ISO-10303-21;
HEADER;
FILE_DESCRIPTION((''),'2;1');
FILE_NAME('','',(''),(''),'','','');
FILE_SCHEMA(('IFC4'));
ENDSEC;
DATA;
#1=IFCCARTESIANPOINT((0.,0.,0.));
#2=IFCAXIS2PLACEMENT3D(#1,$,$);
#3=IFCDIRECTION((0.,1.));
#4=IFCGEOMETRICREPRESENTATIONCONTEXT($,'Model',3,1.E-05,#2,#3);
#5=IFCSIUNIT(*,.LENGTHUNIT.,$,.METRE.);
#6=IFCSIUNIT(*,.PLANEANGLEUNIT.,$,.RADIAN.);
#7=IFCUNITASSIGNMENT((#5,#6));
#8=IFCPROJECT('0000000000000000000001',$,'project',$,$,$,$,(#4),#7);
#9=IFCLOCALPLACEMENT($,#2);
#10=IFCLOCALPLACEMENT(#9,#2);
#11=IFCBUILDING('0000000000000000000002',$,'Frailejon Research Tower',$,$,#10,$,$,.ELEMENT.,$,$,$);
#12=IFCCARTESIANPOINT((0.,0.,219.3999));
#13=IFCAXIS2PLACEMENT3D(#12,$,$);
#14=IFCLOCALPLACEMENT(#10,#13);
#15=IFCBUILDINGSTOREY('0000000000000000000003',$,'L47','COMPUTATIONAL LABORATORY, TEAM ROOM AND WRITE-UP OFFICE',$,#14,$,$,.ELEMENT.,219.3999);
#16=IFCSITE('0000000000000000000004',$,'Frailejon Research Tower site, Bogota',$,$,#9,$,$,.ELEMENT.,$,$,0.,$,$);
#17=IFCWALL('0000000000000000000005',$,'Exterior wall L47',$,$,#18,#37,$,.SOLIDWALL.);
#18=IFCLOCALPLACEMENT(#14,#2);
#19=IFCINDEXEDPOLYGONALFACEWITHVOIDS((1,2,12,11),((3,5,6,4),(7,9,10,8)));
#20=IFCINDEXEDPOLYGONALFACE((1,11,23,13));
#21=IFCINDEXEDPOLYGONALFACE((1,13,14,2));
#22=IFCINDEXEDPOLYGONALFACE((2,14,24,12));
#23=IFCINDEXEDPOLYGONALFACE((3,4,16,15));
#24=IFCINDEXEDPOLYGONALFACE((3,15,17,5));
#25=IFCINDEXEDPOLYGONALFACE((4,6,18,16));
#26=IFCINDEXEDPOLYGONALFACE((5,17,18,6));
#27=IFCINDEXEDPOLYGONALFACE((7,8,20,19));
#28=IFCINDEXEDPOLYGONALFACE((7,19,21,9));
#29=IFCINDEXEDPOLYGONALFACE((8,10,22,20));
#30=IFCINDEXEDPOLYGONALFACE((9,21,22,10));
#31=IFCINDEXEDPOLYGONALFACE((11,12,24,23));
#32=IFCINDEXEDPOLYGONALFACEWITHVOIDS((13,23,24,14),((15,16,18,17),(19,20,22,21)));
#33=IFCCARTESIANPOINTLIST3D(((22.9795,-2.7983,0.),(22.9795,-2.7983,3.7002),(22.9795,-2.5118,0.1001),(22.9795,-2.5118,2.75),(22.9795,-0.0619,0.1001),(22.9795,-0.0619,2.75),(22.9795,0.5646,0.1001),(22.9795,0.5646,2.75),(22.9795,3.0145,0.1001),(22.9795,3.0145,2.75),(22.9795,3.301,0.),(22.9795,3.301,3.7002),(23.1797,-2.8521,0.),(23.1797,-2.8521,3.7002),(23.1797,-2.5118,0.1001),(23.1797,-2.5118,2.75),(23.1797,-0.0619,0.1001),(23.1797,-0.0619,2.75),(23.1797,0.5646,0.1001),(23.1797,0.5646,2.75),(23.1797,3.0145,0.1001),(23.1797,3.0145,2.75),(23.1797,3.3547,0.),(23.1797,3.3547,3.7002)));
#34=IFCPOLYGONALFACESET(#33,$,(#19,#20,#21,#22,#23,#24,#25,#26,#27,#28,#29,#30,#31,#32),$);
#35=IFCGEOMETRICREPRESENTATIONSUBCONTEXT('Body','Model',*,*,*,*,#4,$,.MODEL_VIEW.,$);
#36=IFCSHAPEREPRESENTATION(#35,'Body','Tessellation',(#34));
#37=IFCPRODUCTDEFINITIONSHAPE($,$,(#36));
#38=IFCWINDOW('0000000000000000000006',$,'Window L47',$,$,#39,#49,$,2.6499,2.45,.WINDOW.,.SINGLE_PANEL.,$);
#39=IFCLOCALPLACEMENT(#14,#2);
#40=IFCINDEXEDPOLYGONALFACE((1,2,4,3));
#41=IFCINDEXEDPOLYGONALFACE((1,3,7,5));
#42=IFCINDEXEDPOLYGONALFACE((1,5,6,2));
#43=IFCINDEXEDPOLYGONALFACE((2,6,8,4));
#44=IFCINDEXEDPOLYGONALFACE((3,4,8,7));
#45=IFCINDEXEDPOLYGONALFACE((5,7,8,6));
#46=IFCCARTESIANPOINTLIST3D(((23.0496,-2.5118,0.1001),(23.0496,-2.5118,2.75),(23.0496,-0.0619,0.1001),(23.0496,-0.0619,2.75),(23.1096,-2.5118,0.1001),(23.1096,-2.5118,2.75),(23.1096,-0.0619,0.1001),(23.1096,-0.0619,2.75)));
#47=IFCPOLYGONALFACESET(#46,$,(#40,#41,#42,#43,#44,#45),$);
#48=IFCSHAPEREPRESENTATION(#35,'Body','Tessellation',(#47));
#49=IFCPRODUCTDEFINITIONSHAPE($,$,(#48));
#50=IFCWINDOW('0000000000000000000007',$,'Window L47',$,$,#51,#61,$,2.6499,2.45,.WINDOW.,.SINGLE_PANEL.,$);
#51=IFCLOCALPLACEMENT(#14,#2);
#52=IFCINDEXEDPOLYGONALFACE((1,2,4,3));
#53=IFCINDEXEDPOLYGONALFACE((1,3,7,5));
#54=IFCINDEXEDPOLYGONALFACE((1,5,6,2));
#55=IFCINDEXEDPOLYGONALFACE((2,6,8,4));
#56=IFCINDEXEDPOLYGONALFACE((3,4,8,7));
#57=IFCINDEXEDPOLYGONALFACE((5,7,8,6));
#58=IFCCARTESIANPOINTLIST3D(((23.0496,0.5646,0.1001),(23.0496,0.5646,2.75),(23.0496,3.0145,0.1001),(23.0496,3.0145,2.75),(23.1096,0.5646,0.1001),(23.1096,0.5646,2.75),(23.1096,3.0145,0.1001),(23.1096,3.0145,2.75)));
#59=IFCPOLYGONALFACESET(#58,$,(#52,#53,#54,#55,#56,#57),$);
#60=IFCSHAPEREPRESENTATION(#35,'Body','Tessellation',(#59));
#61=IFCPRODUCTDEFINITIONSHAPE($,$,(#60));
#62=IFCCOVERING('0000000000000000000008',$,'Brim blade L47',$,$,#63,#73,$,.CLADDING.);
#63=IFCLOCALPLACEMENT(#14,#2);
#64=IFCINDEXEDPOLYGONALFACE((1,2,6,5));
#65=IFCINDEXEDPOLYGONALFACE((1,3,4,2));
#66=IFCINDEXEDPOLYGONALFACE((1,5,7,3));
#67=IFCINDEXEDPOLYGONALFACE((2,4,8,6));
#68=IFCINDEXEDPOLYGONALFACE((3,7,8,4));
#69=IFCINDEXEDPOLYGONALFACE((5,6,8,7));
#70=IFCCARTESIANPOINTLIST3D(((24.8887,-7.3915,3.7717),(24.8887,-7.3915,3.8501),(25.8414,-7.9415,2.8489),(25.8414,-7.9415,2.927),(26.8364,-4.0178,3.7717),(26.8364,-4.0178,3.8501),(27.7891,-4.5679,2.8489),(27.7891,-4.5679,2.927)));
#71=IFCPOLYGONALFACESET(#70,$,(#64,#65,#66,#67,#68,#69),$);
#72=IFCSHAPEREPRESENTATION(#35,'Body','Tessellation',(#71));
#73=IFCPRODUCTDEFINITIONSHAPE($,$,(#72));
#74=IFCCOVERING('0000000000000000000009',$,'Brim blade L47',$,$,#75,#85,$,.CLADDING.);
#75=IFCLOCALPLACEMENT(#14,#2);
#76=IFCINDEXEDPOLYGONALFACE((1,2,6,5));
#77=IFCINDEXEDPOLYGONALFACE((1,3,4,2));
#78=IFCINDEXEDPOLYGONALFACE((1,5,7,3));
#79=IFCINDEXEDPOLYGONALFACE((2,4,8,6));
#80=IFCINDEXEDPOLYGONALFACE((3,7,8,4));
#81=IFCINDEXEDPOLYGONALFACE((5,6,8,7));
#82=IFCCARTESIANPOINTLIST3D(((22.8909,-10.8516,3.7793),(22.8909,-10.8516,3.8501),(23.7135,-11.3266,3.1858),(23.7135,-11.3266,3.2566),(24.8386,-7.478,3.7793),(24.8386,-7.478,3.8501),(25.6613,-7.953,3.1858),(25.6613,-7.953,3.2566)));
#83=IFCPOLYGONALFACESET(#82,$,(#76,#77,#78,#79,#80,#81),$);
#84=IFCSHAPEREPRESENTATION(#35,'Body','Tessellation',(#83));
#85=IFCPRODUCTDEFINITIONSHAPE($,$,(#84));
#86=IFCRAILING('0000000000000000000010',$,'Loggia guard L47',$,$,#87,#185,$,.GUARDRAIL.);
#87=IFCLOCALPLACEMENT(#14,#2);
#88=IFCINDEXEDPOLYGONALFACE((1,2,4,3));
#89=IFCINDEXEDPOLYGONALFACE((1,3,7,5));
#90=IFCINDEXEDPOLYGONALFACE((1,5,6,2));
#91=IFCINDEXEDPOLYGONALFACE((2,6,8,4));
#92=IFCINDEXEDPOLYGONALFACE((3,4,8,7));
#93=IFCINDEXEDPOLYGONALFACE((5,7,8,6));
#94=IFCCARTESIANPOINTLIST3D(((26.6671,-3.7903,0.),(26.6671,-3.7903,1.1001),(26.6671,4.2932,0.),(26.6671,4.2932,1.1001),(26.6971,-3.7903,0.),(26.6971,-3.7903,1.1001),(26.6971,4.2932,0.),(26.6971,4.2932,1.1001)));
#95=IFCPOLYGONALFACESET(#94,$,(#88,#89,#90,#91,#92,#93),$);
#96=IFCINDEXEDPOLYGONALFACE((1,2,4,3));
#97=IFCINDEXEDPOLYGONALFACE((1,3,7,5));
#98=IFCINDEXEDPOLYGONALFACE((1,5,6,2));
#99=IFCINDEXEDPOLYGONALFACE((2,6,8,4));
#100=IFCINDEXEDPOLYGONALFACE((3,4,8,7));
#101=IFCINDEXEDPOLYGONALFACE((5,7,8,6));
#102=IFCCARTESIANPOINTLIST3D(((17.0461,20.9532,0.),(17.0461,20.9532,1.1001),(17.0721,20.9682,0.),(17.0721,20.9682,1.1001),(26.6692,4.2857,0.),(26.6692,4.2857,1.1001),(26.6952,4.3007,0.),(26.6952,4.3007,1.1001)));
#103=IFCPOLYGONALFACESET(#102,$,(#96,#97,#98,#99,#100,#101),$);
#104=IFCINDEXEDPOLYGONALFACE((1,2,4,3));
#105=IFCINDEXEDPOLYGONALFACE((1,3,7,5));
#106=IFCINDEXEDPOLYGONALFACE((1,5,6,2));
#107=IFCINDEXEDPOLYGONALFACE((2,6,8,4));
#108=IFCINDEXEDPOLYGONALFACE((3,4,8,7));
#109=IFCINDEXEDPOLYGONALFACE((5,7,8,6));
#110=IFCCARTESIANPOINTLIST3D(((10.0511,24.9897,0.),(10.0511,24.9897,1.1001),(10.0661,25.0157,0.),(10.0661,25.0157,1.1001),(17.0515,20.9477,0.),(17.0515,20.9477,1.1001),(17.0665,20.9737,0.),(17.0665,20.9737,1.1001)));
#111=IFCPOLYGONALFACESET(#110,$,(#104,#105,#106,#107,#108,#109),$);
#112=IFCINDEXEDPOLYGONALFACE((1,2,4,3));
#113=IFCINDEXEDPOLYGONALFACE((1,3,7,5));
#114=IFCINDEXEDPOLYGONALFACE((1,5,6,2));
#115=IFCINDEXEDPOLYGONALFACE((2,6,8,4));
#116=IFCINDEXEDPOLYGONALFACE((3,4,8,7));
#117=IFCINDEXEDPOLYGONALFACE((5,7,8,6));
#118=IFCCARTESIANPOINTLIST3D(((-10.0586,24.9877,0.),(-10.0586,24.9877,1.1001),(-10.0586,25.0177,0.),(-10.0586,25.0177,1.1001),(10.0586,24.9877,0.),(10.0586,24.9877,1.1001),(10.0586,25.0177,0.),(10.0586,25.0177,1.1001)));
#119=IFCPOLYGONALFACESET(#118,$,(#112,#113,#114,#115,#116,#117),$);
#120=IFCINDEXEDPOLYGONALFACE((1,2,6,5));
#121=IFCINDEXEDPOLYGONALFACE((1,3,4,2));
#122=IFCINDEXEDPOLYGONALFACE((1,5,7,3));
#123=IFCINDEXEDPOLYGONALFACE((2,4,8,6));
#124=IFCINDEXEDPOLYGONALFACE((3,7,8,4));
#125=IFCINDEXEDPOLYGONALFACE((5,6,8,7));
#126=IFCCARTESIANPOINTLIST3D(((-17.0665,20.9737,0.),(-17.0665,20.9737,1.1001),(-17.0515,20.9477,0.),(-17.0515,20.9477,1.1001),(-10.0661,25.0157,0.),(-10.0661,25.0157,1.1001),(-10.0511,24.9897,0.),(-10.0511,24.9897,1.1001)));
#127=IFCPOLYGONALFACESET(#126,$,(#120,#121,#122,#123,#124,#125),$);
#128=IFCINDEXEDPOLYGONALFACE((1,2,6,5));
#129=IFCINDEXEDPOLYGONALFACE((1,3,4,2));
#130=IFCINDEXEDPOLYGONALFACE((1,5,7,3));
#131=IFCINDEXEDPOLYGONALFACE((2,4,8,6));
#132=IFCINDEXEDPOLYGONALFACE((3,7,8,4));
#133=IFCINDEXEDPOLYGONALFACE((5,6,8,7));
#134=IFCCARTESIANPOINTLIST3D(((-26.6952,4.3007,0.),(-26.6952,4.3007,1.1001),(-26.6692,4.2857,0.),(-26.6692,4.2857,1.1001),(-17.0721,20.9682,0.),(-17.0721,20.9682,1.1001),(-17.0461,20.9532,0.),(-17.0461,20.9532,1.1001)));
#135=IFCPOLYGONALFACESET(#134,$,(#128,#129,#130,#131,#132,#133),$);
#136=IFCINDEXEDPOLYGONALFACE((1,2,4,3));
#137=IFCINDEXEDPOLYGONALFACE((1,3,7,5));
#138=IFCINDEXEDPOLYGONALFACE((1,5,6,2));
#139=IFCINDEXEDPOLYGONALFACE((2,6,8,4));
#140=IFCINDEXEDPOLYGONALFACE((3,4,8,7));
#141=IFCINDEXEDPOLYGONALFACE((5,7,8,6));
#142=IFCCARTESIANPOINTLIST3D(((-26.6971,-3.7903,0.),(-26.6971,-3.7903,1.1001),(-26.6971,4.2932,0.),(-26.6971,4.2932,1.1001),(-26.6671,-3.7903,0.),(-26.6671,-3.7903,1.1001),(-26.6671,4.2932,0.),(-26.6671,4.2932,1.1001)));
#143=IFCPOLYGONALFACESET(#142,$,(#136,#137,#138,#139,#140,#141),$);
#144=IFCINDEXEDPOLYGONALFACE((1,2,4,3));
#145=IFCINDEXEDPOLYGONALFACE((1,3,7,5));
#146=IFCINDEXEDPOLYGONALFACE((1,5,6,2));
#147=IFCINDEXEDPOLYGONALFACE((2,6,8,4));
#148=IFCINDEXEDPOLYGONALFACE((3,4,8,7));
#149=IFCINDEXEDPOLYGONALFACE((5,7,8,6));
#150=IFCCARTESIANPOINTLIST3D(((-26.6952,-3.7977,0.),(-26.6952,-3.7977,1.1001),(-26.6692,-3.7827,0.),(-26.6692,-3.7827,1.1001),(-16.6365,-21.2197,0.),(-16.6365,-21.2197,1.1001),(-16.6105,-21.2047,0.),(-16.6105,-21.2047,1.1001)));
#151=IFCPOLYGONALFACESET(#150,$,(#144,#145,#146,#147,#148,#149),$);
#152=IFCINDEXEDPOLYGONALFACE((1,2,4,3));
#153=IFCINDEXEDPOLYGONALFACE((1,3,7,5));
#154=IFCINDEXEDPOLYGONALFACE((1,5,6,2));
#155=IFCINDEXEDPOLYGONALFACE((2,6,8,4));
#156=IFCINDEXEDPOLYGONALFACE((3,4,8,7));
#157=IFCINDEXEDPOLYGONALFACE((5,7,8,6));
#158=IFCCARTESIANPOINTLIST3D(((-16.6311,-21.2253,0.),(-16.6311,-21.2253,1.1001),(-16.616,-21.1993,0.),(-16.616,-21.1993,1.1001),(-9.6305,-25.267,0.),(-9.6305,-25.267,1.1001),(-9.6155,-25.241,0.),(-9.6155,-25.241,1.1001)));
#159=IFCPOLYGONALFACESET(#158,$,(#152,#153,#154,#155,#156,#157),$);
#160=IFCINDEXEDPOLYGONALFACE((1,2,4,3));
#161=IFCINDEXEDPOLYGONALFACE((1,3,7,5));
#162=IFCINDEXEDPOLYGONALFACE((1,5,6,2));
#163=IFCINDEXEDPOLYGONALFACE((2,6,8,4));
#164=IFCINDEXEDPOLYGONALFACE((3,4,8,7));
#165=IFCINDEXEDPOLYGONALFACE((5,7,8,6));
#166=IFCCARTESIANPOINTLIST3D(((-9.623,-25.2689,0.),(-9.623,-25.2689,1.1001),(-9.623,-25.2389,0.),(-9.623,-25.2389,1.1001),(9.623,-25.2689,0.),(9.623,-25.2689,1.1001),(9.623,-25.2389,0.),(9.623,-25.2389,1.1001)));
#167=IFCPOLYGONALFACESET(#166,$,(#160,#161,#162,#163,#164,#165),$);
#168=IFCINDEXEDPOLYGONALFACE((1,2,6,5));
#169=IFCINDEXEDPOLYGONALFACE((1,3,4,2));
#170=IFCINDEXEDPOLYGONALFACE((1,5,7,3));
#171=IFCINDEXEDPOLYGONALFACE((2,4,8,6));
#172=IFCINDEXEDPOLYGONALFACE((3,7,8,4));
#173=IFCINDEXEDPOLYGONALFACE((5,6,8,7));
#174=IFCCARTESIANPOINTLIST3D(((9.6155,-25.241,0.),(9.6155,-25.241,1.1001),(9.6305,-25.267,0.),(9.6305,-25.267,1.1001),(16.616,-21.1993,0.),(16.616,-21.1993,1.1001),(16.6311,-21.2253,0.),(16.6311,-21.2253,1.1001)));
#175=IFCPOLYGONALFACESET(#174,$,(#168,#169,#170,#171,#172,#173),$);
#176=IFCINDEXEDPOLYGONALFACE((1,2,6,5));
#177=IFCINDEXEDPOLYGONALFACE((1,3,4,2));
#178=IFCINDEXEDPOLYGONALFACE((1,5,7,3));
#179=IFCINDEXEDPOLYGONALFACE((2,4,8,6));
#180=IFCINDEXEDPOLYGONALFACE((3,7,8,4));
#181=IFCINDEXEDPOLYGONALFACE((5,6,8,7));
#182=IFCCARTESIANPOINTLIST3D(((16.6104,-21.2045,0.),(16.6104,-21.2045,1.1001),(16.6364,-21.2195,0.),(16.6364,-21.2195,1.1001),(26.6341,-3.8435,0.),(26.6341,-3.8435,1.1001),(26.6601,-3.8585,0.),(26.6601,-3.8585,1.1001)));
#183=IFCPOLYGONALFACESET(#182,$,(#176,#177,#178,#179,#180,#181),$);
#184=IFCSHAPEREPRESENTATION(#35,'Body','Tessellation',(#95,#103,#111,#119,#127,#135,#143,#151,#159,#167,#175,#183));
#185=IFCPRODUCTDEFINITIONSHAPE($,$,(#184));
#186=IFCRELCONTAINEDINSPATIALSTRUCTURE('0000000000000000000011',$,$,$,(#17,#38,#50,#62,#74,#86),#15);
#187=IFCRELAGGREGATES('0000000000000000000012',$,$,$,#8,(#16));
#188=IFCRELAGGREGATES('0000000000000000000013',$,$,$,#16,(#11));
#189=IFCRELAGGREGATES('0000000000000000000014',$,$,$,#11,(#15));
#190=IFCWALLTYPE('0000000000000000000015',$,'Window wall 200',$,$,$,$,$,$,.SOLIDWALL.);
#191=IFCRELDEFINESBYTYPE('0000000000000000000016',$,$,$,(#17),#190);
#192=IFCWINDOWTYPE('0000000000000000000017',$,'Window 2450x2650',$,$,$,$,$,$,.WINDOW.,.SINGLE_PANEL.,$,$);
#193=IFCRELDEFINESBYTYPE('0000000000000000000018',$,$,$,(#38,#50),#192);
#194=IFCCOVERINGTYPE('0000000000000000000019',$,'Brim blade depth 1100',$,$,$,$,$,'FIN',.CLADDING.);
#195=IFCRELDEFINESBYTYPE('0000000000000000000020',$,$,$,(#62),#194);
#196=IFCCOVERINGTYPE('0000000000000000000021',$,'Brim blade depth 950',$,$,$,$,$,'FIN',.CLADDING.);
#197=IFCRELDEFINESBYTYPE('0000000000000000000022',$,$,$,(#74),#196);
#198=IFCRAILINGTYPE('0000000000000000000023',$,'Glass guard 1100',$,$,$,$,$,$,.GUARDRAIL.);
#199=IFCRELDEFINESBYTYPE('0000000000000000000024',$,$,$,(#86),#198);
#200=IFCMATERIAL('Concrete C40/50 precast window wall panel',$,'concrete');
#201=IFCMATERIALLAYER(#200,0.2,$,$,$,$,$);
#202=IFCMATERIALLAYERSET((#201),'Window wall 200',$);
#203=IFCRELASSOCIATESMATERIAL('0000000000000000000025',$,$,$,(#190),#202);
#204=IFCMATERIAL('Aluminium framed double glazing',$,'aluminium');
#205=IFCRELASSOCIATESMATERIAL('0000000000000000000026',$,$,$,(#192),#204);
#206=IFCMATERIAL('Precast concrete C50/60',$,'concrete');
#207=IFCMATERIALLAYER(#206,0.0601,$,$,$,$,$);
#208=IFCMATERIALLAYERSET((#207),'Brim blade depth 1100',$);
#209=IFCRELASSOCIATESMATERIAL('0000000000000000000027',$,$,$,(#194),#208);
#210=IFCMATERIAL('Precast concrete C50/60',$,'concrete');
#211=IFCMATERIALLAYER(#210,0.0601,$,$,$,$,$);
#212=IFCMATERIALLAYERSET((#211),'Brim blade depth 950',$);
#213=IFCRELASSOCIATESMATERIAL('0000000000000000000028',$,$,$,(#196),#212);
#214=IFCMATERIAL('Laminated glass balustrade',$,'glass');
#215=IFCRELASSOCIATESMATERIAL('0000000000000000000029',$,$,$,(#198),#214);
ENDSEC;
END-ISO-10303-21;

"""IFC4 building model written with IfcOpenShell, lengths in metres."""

from ifc_helpers import new_model, si_unit, direction, frame, frame_2d, origin, origin_2d, place, context, subcontext, project, spatial, polyline, rectangle, outline, extrude, material, layer, layer_set, type_object, element, fill, save


model = new_model("IFC4")

# Units and contexts
model_context = context("Model", 3, precision=1e-05, world=origin(), true_north=direction((0.0, 1.0)))
body_context = subcontext(model_context, "Body", "Model", "MODEL_VIEW")
ifc_project = project(units=[si_unit("LENGTHUNIT", "METRE"), si_unit("PLANEANGLEUNIT", "RADIAN")], contexts=[model_context])

# Site, building, storey
site_placement = place(None, origin())
site = spatial("IfcSite", under=ifc_project, at=site_placement, Name="Frailejon Research Tower site, Bogota", CompositionType="ELEMENT", RefElevation=0.0)
building_placement = place(site_placement, origin())
building = spatial("IfcBuilding", under=site, at=building_placement, Name="Frailejon Research Tower", CompositionType="ELEMENT")
storey_placement = place(building_placement, frame((0.0, 0.0, 219.3999)))
storey = spatial("IfcBuildingStorey", under=building, at=storey_placement, Name="L47", Description="COMPUTATIONAL LABORATORY, TEAM ROOM AND WRITE-UP OFFICE", CompositionType="ELEMENT", Elevation=219.3999)

# Wall, openings, windows
ifc_material_1 = material(Name="Concrete C40/50 precast window wall panel", Category="concrete")
ifc_layer_1 = layer(ifc_material_1, 0.2)
ifc_layer_set_1 = layer_set([ifc_layer_1], Name="Window wall 200")
wall_type_1 = type_object("IfcWallType", Name="Window wall 200", PredefinedType="SOLIDWALL", material=ifc_layer_set_1)
wall_1_placement = place(storey_placement, frame((23.0796, -2.8252, 0.0), z_axis=(0.0, 0.0, 1.0), x_axis=(0.0, 1.0, 0.0)))
wall_1 = element("IfcWall", 1, at=wall_1_placement, inside=storey, type_object=wall_type_1, Name="Exterior wall L47", PredefinedType="SOLIDWALL", context=body_context, shape_type="SweptSolid", body=[
    extrude(outline(polyline([(-0.0269, -0.1001), (1.0076, -0.1001), (2.042, -0.1001), (3.0767, -0.1001), (4.1111, -0.1001), (5.1455, -0.1001), (6.1799, -0.1001), (6.1262, 0.1001), (5.1096, 0.1001), (4.093, 0.1001), (3.0767, 0.1001), (2.0601, 0.1001), (1.0435, 0.1001), (0.0269, 0.1001), (-0.0269, -0.1001)])), origin(), (0.0, 0.0, 1.0), 3.7002),
])
opening_1_placement = place(wall_1_placement, frame((0.3132, 0.0, 0.1001)))
opening_1 = element("IfcOpeningElement", 2, at=opening_1_placement, cuts=wall_1, PredefinedType="OPENING", context=body_context, shape_type="SweptSolid", body=[
    extrude(rectangle(XDim=2.45, YDim=2.6499, at=frame_2d((1.2251, 1.325))), frame((0.0, 0.1099, 0.0), z_axis=(0.0, -1.0, 0.0), x_axis=(1.0, 0.0, 0.0)), (0.0, 0.0, 1.0), 0.22),
])
opening_2_placement = place(wall_1_placement, frame((3.3896, 0.0, 0.1001)))
opening_2 = element("IfcOpeningElement", 3, at=opening_2_placement, cuts=wall_1, PredefinedType="OPENING", context=body_context, shape_type="SweptSolid", body=[
    extrude(rectangle(XDim=2.45, YDim=2.6499, at=frame_2d((1.2251, 1.325))), frame((0.0, 0.1099, 0.0), z_axis=(0.0, -1.0, 0.0), x_axis=(1.0, 0.0, 0.0)), (0.0, 0.0, 1.0), 0.22),
])
ifc_material_2 = material(Name="Aluminium framed double glazing", Category="aluminium")
window_type = type_object("IfcWindowType", Name="Window 2450x2650", PartitioningType="SINGLE_PANEL", PredefinedType="WINDOW", material=ifc_material_2)
window_1_placement = place(opening_1_placement, origin())
window_1 = element("IfcWindow", 4, at=window_1_placement, inside=storey, type_object=window_type, Name="Window L47", OverallHeight=2.6499, OverallWidth=2.45, PartitioningType="SINGLE_PANEL", PredefinedType="WINDOW", context=body_context, shape_type="SweptSolid", body=[
    extrude(rectangle(XDim=2.45, YDim=2.6499, at=frame_2d((1.2251, 1.325))), frame((0.0, 0.03, 0.0), z_axis=(0.0, -1.0, 0.0), x_axis=(1.0, 0.0, 0.0)), (0.0, 0.0, 1.0), 0.0601),
])
fill(opening_1, window_1)
window_2_placement = place(opening_2_placement, origin())
window_2 = element("IfcWindow", 5, at=window_2_placement, inside=storey, type_object=window_type, Name="Window L47", OverallHeight=2.6499, OverallWidth=2.45, PartitioningType="SINGLE_PANEL", PredefinedType="WINDOW", context=body_context, shape_type="SweptSolid", body=[
    extrude(rectangle(XDim=2.45, YDim=2.6499, at=frame_2d((1.2251, 1.325))), frame((0.0, 0.03, 0.0), z_axis=(0.0, -1.0, 0.0), x_axis=(1.0, 0.0, 0.0)), (0.0, 0.0, 1.0), 0.0601),
])
fill(opening_2, window_2)

# Coverings
ifc_material_3 = material(Name="Precast concrete C50/60", Category="concrete")
ifc_layer_2 = layer(ifc_material_3, 0.0601)
ifc_layer_set_2 = layer_set([ifc_layer_2], Name="Brim blade depth 1100")
covering_type_1 = type_object("IfcCoveringType", Name="Brim blade depth 1100", ElementType="FIN", PredefinedType="CLADDING", material=ifc_layer_set_2)
covering_1_placement = place(storey_placement, frame((26.8364, -4.0178, 3.8501), z_axis=(-0.499991, -0.866031, 0.0), x_axis=(0.866031, -0.499991, 0.0)))
element("IfcCovering", 6, at=covering_1_placement, inside=storey, type_object=covering_type_1, Name="Brim blade L47", PredefinedType="CLADDING", context=body_context, shape_type="SweptSolid", body=[
    extrude(outline(polyline([(0.0, -0.0784), (1.1001, -1.0012), (1.1001, -0.9231), (0.0, 0.0), (0.0, -0.0784)])), origin(), (0.0, 0.0, 1.0), 3.8955),
])
ifc_material_4 = material(Name="Precast concrete C50/60", Category="concrete")
ifc_layer_3 = layer(ifc_material_4, 0.0601)
ifc_layer_set_3 = layer_set([ifc_layer_3], Name="Brim blade depth 950")
covering_type_2 = type_object("IfcCoveringType", Name="Brim blade depth 950", ElementType="FIN", PredefinedType="CLADDING", material=ifc_layer_set_3)
covering_2_placement = place(storey_placement, frame((24.8386, -7.478, 3.8501), z_axis=(-0.500002, -0.866024, 0.0), x_axis=(0.866024, -0.500002, 0.0)))
element("IfcCovering", 7, at=covering_2_placement, inside=storey, type_object=covering_type_2, Name="Brim blade L47", PredefinedType="CLADDING", context=body_context, shape_type="SweptSolid", body=[
    extrude(outline(polyline([(0.0, -0.0708), (0.95, -0.6643), (0.95, -0.5935), (0.0, 0.0), (0.0, -0.0708)])), origin(), (0.0, 0.0, 1.0), 3.8955),
])

# Railing
ifc_material_5 = material(Name="Laminated glass balustrade", Category="glass")
railing_type = type_object("IfcRailingType", Name="Glass guard 1100", PredefinedType="GUARDRAIL", material=ifc_material_5)
railing_placement = place(storey_placement, frame((26.6821, -3.7903, 0.0)))
element("IfcRailing", 8, at=railing_placement, inside=storey, type_object=railing_type, Name="Loggia guard L47", PredefinedType="GUARDRAIL", context=body_context, shape_type="SweptSolid", body=[
    extrude(rectangle(XDim=8.0835, YDim=0.03, at=origin_2d()), frame((0.0, 4.0417, 0.0), z_axis=(0.0, 0.0, 1.0), x_axis=(0.0, 1.0, 0.0)), (0.0, 0.0, 1.0), 1.1001),
    extrude(rectangle(XDim=19.2461, YDim=0.03, at=origin_2d()), frame((-4.8115, 16.4172, 0.0), z_axis=(0.0, 0.0, 1.0), x_axis=(-0.500003, 0.866024, 0.0)), (0.0, 0.0, 1.0), 1.1001),
    extrude(rectangle(XDim=8.0835, YDim=0.03, at=origin_2d()), frame((-13.1233, 26.772, 0.0), z_axis=(0.0, 0.0, 1.0), x_axis=(-0.866012, 0.500024, 0.0)), (0.0, 0.0, 1.0), 1.1001),
    extrude(rectangle(XDim=20.1172, YDim=0.03, at=origin_2d()), frame((-26.6821, 28.793, 0.0), z_axis=(0.0, 0.0, 1.0), x_axis=(-1.0, 0.0, 0.0)), (0.0, 0.0, 1.0), 1.1001),
    extrude(rectangle(XDim=8.0835, YDim=0.03, at=origin_2d()), frame((-40.241, 26.772, 0.0), z_axis=(0.0, 0.0, 1.0), x_axis=(-0.866012, -0.500024, 0.0)), (0.0, 0.0, 1.0), 1.1001),
    extrude(rectangle(XDim=19.2461, YDim=0.03, at=origin_2d()), frame((-48.5527, 16.4172, 0.0), z_axis=(0.0, 0.0, 1.0), x_axis=(-0.500003, -0.866024, 0.0)), (0.0, 0.0, 1.0), 1.1001),
    extrude(rectangle(XDim=8.0835, YDim=0.03, at=origin_2d()), frame((-53.3643, 4.0417, 0.0), z_axis=(0.0, 0.0, 1.0), x_axis=(0.0, -1.0, 0.0)), (0.0, 0.0, 1.0), 1.1001),
    extrude(rectangle(XDim=20.1172, YDim=0.03, at=origin_2d()), frame((-48.335, -8.7109, 0.0), z_axis=(0.0, 0.0, 1.0), x_axis=(0.500003, -0.866024, 0.0)), (0.0, 0.0, 1.0), 1.1001),
    extrude(rectangle(XDim=8.0835, YDim=0.03, at=origin_2d()), frame((-39.8054, -19.4429, 0.0), z_axis=(0.0, 0.0, 1.0), x_axis=(0.866025, -0.500001, 0.0)), (0.0, 0.0, 1.0), 1.1001),
    extrude(rectangle(XDim=19.2461, YDim=0.03, at=origin_2d()), frame((-26.6821, -21.4636, 0.0), z_axis=(0.0, 0.0, 1.0), x_axis=(1.0, 0.0, 0.0)), (0.0, 0.0, 1.0), 1.1001),
    extrude(rectangle(XDim=8.0835, YDim=0.03, at=origin_2d()), frame((-13.5588, -19.4429, 0.0), z_axis=(0.0, 0.0, 1.0), x_axis=(0.866025, 0.500001, 0.0)), (0.0, 0.0, 1.0), 1.1001),
    extrude(rectangle(XDim=20.0469, YDim=0.03, at=origin_2d()), frame((-5.0469, -8.7412, 0.0), z_axis=(0.0, 0.0, 1.0), x_axis=(0.50001, 0.86602, 0.0)), (0.0, 0.0, 1.0), 1.1001),
])

save(model, "model.ifc")
